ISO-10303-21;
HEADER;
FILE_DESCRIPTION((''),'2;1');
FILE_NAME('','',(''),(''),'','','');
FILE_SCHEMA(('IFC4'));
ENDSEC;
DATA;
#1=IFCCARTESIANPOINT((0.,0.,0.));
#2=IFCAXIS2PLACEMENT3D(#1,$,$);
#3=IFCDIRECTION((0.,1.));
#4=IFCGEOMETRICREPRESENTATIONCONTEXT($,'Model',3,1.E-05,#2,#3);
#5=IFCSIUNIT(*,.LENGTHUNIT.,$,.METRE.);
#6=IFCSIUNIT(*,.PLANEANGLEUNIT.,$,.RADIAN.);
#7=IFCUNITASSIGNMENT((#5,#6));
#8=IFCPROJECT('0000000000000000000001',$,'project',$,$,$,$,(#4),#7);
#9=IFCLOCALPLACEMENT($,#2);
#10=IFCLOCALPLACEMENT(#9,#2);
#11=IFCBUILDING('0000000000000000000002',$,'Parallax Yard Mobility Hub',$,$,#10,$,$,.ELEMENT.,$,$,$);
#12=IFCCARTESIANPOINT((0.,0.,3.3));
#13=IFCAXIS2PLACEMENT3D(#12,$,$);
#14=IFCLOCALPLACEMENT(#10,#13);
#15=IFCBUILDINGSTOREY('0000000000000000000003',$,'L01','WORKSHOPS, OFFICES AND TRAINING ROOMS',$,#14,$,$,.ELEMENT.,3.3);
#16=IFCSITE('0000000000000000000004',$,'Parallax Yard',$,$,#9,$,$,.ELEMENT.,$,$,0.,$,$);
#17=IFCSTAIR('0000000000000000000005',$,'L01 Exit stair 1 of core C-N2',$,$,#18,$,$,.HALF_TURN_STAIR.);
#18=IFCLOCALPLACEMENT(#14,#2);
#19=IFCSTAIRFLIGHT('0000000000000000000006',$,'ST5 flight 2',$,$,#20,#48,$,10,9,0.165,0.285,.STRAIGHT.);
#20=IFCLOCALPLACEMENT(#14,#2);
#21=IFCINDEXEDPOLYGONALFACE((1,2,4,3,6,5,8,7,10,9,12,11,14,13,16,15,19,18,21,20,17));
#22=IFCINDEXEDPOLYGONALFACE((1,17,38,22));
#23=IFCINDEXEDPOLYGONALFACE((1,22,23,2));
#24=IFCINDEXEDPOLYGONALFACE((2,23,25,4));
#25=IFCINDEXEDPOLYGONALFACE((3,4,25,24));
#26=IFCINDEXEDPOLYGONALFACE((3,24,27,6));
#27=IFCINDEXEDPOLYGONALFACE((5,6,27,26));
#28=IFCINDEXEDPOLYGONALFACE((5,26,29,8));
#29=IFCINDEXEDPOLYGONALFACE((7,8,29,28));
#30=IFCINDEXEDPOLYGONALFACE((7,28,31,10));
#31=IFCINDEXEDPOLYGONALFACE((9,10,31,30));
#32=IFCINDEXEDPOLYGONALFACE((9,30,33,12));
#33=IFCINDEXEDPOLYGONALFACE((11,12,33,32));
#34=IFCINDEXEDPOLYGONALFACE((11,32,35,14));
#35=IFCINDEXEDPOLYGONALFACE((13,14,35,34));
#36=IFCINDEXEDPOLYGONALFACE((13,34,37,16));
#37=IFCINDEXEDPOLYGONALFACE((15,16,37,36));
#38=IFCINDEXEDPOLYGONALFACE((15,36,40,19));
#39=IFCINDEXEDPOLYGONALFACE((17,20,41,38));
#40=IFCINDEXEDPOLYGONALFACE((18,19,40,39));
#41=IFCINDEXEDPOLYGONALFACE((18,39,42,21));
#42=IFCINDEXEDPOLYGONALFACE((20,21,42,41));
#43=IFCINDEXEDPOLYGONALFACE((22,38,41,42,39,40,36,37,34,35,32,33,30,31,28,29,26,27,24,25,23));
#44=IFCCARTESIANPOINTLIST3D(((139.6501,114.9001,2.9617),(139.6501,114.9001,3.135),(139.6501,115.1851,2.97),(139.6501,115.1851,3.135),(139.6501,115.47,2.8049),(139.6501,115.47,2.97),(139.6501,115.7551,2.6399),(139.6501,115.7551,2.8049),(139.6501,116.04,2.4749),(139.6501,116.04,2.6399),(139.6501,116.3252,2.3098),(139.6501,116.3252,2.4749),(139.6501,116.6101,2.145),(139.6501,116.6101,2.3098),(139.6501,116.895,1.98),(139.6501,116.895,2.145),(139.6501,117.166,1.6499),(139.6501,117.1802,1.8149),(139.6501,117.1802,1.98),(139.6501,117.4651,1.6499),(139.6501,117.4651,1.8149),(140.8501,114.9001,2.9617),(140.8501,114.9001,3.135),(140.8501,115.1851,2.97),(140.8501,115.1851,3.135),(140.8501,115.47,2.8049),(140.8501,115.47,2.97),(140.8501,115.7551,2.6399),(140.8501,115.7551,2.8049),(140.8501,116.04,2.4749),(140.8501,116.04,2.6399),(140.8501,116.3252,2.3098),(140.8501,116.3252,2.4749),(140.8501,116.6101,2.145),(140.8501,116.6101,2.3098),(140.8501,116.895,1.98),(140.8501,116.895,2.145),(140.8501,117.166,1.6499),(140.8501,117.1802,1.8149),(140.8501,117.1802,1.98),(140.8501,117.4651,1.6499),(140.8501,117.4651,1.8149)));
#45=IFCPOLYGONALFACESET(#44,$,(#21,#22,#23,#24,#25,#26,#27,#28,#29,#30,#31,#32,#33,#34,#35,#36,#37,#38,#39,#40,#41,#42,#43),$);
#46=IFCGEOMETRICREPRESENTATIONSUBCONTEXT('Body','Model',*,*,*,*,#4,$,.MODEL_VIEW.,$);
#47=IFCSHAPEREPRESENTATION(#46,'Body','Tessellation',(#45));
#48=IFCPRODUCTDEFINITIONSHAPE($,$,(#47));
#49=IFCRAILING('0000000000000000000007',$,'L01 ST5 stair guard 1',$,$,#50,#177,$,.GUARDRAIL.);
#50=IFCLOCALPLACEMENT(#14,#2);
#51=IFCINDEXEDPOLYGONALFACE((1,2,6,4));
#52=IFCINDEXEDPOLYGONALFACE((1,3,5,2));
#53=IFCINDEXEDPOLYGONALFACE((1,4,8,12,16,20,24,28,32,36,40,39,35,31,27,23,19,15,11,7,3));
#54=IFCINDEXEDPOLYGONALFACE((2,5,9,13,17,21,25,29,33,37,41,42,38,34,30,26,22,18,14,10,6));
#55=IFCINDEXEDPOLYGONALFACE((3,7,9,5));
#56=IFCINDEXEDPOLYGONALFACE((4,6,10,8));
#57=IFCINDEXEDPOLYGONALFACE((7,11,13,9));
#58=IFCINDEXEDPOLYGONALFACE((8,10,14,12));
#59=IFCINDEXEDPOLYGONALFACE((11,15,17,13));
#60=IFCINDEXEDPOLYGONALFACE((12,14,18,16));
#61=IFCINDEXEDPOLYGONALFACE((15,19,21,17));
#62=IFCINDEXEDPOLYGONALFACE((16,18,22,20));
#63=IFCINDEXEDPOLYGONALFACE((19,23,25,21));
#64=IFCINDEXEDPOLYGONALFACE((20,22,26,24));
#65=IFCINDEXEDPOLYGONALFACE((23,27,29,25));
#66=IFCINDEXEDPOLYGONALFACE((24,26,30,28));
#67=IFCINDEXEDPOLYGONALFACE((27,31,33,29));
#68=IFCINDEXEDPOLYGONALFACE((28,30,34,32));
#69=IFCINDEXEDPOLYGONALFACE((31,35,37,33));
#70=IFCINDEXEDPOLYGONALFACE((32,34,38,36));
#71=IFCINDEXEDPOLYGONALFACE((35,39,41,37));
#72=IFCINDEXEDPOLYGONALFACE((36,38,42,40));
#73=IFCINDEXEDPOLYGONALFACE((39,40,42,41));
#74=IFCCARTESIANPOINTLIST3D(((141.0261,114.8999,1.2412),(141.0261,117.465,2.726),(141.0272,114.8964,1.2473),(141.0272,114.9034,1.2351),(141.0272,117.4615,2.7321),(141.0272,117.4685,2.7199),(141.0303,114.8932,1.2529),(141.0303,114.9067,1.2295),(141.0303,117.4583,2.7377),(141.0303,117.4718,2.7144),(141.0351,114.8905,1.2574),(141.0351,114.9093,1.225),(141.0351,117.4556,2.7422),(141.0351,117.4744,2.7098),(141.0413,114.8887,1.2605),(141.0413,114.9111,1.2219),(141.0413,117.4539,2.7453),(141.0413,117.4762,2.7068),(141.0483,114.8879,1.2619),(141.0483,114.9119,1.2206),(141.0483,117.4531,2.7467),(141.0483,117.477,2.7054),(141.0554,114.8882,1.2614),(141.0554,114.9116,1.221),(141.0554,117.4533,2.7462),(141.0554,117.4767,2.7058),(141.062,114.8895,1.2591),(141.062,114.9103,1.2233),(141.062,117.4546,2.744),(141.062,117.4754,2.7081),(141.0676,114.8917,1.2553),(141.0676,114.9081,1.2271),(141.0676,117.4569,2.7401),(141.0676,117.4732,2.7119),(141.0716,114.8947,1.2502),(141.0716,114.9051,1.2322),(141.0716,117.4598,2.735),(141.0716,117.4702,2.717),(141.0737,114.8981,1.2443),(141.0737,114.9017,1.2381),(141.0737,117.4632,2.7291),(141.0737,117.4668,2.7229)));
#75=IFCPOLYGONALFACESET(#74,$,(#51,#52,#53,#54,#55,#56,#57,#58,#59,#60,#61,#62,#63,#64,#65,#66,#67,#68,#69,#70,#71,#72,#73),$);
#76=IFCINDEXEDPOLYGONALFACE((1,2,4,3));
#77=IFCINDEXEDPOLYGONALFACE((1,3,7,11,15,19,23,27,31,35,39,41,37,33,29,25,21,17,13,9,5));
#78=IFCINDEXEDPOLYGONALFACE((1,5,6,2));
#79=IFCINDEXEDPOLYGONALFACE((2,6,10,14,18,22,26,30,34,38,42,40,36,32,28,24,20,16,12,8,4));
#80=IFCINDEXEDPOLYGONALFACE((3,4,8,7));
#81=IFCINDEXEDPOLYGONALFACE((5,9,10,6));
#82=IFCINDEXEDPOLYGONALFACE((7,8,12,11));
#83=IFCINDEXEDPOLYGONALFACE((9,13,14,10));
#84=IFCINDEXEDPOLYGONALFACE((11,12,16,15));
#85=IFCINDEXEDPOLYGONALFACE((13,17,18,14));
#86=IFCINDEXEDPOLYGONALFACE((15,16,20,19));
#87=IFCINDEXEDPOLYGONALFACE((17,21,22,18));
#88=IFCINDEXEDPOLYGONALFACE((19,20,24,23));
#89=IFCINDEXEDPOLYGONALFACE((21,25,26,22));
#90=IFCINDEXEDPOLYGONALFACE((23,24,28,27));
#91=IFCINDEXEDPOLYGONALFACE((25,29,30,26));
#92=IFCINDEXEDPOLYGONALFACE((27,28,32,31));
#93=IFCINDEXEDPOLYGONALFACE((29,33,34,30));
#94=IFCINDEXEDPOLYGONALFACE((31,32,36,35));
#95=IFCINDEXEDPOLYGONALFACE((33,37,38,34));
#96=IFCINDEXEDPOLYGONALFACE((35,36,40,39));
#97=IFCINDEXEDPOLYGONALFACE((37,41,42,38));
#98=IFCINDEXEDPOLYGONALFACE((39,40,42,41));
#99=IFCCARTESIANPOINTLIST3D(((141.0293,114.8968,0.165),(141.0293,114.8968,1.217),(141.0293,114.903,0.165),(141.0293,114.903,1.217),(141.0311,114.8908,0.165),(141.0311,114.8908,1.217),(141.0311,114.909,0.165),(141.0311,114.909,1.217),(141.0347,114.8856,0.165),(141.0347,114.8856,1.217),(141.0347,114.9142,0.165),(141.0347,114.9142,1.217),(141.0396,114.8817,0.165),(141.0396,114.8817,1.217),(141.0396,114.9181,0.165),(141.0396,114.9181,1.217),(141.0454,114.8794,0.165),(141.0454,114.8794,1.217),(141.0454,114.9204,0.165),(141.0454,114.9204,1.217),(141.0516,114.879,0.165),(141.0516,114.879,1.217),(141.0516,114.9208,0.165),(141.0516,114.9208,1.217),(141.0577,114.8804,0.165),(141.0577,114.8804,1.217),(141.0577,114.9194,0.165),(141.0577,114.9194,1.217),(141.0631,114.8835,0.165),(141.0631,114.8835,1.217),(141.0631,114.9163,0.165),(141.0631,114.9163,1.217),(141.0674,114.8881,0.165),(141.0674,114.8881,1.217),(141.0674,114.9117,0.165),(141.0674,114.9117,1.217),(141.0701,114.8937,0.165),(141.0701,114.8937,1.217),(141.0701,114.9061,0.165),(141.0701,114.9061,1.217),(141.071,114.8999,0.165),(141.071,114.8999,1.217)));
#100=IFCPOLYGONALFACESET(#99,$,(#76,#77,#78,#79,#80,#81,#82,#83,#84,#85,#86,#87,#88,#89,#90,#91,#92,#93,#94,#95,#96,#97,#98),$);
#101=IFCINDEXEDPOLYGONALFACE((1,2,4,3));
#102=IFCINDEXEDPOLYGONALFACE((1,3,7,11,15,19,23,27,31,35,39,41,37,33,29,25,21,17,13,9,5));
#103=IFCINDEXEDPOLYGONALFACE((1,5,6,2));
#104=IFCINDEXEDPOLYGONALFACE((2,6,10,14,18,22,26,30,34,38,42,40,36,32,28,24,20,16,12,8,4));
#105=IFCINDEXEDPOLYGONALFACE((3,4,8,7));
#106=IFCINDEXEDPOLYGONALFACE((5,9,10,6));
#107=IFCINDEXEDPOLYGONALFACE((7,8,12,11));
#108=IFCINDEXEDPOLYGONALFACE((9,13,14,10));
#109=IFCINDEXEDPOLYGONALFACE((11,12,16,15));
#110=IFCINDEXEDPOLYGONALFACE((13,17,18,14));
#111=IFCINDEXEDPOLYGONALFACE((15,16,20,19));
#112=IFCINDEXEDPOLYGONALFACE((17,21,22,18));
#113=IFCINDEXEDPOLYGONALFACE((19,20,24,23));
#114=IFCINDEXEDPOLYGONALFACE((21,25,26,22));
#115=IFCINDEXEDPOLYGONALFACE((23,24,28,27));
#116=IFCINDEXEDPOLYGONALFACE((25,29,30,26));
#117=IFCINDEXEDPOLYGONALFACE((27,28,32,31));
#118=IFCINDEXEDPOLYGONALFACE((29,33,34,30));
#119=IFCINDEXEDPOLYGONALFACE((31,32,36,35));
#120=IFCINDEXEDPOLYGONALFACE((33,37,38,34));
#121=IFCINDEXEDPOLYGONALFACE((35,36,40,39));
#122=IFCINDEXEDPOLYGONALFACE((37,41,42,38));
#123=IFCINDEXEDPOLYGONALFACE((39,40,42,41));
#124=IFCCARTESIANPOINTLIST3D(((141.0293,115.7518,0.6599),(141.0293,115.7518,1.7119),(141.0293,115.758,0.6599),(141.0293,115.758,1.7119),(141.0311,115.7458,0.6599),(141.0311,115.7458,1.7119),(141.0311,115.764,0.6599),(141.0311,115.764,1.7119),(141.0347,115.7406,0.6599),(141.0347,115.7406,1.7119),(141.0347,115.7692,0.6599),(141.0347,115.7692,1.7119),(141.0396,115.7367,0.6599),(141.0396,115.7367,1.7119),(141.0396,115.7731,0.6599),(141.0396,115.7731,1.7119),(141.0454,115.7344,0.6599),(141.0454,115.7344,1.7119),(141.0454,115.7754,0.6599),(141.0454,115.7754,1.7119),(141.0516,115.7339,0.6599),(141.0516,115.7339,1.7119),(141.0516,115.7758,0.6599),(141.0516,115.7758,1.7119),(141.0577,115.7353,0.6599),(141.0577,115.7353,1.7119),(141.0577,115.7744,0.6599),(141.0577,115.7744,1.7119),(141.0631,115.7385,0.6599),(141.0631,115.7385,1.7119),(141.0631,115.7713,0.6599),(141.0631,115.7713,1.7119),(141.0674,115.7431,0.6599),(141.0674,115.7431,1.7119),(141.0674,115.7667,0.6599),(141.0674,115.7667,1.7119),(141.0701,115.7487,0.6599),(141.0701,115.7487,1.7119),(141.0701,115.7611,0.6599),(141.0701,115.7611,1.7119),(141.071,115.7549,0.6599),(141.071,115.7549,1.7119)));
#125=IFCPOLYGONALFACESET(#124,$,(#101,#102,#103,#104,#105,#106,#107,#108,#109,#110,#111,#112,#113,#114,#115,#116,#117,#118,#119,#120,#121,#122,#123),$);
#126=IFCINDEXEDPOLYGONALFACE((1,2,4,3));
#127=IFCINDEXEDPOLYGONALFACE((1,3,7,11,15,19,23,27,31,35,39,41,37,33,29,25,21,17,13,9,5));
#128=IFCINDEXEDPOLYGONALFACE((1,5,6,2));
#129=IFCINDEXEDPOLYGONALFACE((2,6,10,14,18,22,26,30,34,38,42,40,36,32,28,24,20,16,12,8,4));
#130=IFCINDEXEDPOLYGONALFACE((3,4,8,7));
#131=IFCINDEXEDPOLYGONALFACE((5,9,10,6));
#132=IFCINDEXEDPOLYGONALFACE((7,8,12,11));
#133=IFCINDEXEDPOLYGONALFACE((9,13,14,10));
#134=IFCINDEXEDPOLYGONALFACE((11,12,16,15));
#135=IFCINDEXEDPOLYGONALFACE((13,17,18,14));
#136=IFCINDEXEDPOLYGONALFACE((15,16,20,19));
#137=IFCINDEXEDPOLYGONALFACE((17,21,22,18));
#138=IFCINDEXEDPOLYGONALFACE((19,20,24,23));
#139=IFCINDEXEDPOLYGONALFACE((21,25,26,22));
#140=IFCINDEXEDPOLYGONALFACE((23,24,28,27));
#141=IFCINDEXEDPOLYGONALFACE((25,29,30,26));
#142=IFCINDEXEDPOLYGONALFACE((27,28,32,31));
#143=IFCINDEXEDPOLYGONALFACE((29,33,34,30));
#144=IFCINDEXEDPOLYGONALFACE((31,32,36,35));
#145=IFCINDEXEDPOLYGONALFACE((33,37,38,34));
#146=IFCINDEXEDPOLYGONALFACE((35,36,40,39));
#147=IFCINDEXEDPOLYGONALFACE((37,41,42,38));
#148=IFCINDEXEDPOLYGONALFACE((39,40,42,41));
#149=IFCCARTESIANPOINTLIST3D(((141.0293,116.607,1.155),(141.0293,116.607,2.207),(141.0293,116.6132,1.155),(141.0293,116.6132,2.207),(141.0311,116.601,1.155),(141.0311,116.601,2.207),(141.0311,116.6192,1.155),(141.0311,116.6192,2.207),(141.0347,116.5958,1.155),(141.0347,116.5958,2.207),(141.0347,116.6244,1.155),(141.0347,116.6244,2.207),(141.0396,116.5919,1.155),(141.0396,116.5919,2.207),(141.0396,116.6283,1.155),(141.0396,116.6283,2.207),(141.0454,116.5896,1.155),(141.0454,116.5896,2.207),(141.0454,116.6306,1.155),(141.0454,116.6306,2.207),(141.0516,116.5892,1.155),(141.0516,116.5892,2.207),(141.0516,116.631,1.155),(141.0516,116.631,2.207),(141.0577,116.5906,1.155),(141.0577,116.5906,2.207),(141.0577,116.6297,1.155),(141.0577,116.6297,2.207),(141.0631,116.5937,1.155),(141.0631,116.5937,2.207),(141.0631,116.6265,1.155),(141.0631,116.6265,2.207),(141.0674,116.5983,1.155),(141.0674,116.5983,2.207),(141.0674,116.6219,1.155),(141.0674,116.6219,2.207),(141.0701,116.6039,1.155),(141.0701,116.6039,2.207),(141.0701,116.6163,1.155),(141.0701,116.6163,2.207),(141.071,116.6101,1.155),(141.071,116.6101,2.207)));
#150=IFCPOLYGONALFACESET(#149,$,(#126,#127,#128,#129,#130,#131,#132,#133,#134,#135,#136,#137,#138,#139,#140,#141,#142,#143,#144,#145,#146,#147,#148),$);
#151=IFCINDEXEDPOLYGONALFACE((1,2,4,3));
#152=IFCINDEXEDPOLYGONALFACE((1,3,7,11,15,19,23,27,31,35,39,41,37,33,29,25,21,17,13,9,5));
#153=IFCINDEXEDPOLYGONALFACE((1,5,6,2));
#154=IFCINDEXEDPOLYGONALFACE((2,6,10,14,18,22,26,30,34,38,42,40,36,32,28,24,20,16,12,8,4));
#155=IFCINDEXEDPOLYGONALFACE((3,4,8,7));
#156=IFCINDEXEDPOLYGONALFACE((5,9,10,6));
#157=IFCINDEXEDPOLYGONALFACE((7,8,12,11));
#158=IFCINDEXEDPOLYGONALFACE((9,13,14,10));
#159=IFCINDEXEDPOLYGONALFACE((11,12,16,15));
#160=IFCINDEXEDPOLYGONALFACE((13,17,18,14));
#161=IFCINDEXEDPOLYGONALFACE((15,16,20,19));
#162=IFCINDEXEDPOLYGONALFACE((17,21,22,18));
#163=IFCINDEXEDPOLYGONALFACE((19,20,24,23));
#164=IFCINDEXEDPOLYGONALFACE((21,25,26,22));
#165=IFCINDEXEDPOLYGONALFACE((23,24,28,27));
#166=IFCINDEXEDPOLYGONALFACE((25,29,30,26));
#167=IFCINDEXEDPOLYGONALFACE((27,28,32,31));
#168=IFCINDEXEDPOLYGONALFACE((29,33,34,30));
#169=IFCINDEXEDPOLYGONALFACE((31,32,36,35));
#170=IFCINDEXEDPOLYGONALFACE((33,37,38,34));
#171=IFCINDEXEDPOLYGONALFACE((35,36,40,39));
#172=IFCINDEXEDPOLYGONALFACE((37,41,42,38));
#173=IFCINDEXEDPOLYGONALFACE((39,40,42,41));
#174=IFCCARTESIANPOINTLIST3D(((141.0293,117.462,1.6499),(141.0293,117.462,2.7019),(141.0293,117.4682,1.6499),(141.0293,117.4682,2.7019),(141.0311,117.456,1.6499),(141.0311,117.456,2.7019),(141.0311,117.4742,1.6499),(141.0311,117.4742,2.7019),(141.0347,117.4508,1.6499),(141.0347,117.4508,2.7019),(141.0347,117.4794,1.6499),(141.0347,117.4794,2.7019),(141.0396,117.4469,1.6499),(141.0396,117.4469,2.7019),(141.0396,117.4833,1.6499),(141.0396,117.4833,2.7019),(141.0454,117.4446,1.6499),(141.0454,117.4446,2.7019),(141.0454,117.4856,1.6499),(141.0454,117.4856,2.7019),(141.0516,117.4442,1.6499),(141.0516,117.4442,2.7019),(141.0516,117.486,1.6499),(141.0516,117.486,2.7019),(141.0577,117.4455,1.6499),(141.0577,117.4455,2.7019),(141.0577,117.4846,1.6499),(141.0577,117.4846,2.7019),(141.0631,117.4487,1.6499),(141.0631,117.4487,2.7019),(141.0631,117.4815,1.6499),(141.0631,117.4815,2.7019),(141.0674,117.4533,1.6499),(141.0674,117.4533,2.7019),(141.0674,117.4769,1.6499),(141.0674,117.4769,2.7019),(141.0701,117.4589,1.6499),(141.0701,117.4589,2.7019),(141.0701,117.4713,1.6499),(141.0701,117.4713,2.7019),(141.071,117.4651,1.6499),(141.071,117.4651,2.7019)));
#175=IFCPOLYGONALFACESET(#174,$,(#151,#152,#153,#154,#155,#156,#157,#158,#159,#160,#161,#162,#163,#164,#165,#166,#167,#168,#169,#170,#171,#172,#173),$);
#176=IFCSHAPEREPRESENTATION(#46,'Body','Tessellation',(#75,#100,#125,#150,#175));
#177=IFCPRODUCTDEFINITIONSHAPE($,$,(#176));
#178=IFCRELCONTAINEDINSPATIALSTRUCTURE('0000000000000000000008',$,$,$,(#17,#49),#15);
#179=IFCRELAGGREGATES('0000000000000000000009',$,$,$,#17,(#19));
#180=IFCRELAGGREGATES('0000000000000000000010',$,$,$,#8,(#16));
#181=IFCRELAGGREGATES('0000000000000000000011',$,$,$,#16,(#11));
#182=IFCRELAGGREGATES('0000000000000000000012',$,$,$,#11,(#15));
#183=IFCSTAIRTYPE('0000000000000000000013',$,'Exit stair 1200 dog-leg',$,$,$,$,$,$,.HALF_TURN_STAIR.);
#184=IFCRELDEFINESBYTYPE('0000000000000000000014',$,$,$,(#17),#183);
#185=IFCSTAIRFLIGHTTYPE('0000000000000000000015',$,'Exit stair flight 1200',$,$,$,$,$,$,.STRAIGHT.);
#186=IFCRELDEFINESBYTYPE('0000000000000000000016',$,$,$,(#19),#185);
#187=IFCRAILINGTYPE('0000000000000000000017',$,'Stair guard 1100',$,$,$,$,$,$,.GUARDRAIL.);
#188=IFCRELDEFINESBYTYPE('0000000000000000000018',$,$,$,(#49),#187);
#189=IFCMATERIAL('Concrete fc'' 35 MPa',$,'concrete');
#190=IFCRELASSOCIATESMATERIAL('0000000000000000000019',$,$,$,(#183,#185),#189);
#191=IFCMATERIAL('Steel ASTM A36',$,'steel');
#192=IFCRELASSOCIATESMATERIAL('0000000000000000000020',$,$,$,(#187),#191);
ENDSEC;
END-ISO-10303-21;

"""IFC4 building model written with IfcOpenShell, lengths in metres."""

from ifc_helpers import new_model, si_unit, direction, frame, origin, origin_2d, place, context, subcontext, project, spatial, polyline, circle, outline, extrude, material, type_object, element, aggregate, save


model = new_model("IFC4")

# Units and contexts
model_context = context("Model", 3, precision=1e-05, world=origin(), true_north=direction((0.0, 1.0)))
body_context = subcontext(model_context, "Body", "Model", "MODEL_VIEW")
ifc_project = project(units=[si_unit("LENGTHUNIT", "METRE"), si_unit("PLANEANGLEUNIT", "RADIAN")], contexts=[model_context])

# Site, building, storey
site_placement = place(None, origin())
site = spatial("IfcSite", under=ifc_project, at=site_placement, Name="Parallax Yard", CompositionType="ELEMENT", RefElevation=0.0)
building_placement = place(site_placement, origin())
building = spatial("IfcBuilding", under=site, at=building_placement, Name="Parallax Yard Mobility Hub", CompositionType="ELEMENT")
storey_placement = place(building_placement, frame((0.0, 0.0, 3.3)))
storey = spatial("IfcBuildingStorey", under=building, at=storey_placement, Name="L01", Description="WORKSHOPS, OFFICES AND TRAINING ROOMS", CompositionType="ELEMENT", Elevation=3.3)

# Shared definitions
ifc_material_1 = material(Name="Concrete fc' 35 MPa", Category="concrete")

# Stair, stair flight
stair_type = type_object("IfcStairType", Name="Exit stair 1200 dog-leg", PredefinedType="HALF_TURN_STAIR", material=ifc_material_1)
stair_placement = place(storey_placement, origin())
stair = element("IfcStair", 1, at=stair_placement, inside=storey, type_object=stair_type, Name="L01 Exit stair 1 of core C-N2", PredefinedType="HALF_TURN_STAIR")
stair_flight_type = type_object("IfcStairFlightType", Name="Exit stair flight 1200", PredefinedType="STRAIGHT", material=ifc_material_1)
stair_flight_1_placement = place(storey_placement, frame((140.25, 117.4651, 1.6499), z_axis=(0.0, 0.0, 1.0), x_axis=(0.0, -1.0, 0.0)))
stair_flight_1 = element("IfcStairFlight", 2, at=stair_flight_1_placement, type_object=stair_flight_type, Name="ST5 flight 2", NumberOfRisers=10, NumberOfTreads=9, PredefinedType="STRAIGHT", RiserHeight=0.165, TreadLength=0.285, context=body_context, shape_type="SweptSolid", body=[
    extrude(outline(polyline([(0.0, 0.0), (0.0, 0.165), (0.2849, 0.165), (0.2849, 0.3301), (0.5701, 0.3301), (0.5701, 0.4951), (0.855, 0.4951), (0.855, 0.6599), (1.1399, 0.6599), (1.1399, 0.825), (1.425, 0.825), (1.425, 0.99), (1.71, 0.99), (1.71, 1.155), (1.9951, 1.155), (1.9951, 1.3201), (2.28, 1.3201), (2.28, 1.4851), (2.5649, 1.4851), (2.5649, 1.6499), (2.5649, 1.3118), (0.2991, 0.0), (0.0, 0.0)])), frame((0.0, 0.6001, 0.0), z_axis=(0.0, -1.0, 0.0), x_axis=(1.0, 0.0, 0.0)), (0.0, 0.0, 1.0), 1.2),
])
aggregate(stair, [stair_flight_1])

# Railing
ifc_material_2 = material(Name="Steel ASTM A36", Category="steel")
railing_type_1 = type_object("IfcRailingType", Name="Stair guard 1100", PredefinedType="GUARDRAIL", material=ifc_material_2)
railing_1_placement = place(storey_placement, frame((141.05, 114.8999, 0.165)))
element("IfcRailing", 3, at=railing_1_placement, inside=storey, type_object=railing_type_1, Name="L01 ST5 stair guard 1", PredefinedType="GUARDRAIL", context=body_context, shape_type="SweptSolid", body=[
    extrude(circle(Radius=0.0239, at=origin_2d()), frame((0.0, 0.0, 1.0762), z_axis=(0.0, 0.865462, 0.500975), x_axis=(-1.0, 0.0, 0.0)), (0.0, 0.0, 1.0), 2.9639),
    extrude(circle(Radius=0.021, at=origin_2d()), origin(), (0.0, 0.0, 1.0), 1.052),
    extrude(circle(Radius=0.021, at=origin_2d()), frame((0.0, 0.855, 0.4949)), (0.0, 0.0, 1.0), 1.052),
    extrude(circle(Radius=0.021, at=origin_2d()), frame((0.0, 1.7102, 0.99)), (0.0, 0.0, 1.0), 1.052),
    extrude(circle(Radius=0.021, at=origin_2d()), frame((0.0, 2.5652, 1.4849)), (0.0, 0.0, 1.0), 1.052),
])

save(model, "model.ifc")
